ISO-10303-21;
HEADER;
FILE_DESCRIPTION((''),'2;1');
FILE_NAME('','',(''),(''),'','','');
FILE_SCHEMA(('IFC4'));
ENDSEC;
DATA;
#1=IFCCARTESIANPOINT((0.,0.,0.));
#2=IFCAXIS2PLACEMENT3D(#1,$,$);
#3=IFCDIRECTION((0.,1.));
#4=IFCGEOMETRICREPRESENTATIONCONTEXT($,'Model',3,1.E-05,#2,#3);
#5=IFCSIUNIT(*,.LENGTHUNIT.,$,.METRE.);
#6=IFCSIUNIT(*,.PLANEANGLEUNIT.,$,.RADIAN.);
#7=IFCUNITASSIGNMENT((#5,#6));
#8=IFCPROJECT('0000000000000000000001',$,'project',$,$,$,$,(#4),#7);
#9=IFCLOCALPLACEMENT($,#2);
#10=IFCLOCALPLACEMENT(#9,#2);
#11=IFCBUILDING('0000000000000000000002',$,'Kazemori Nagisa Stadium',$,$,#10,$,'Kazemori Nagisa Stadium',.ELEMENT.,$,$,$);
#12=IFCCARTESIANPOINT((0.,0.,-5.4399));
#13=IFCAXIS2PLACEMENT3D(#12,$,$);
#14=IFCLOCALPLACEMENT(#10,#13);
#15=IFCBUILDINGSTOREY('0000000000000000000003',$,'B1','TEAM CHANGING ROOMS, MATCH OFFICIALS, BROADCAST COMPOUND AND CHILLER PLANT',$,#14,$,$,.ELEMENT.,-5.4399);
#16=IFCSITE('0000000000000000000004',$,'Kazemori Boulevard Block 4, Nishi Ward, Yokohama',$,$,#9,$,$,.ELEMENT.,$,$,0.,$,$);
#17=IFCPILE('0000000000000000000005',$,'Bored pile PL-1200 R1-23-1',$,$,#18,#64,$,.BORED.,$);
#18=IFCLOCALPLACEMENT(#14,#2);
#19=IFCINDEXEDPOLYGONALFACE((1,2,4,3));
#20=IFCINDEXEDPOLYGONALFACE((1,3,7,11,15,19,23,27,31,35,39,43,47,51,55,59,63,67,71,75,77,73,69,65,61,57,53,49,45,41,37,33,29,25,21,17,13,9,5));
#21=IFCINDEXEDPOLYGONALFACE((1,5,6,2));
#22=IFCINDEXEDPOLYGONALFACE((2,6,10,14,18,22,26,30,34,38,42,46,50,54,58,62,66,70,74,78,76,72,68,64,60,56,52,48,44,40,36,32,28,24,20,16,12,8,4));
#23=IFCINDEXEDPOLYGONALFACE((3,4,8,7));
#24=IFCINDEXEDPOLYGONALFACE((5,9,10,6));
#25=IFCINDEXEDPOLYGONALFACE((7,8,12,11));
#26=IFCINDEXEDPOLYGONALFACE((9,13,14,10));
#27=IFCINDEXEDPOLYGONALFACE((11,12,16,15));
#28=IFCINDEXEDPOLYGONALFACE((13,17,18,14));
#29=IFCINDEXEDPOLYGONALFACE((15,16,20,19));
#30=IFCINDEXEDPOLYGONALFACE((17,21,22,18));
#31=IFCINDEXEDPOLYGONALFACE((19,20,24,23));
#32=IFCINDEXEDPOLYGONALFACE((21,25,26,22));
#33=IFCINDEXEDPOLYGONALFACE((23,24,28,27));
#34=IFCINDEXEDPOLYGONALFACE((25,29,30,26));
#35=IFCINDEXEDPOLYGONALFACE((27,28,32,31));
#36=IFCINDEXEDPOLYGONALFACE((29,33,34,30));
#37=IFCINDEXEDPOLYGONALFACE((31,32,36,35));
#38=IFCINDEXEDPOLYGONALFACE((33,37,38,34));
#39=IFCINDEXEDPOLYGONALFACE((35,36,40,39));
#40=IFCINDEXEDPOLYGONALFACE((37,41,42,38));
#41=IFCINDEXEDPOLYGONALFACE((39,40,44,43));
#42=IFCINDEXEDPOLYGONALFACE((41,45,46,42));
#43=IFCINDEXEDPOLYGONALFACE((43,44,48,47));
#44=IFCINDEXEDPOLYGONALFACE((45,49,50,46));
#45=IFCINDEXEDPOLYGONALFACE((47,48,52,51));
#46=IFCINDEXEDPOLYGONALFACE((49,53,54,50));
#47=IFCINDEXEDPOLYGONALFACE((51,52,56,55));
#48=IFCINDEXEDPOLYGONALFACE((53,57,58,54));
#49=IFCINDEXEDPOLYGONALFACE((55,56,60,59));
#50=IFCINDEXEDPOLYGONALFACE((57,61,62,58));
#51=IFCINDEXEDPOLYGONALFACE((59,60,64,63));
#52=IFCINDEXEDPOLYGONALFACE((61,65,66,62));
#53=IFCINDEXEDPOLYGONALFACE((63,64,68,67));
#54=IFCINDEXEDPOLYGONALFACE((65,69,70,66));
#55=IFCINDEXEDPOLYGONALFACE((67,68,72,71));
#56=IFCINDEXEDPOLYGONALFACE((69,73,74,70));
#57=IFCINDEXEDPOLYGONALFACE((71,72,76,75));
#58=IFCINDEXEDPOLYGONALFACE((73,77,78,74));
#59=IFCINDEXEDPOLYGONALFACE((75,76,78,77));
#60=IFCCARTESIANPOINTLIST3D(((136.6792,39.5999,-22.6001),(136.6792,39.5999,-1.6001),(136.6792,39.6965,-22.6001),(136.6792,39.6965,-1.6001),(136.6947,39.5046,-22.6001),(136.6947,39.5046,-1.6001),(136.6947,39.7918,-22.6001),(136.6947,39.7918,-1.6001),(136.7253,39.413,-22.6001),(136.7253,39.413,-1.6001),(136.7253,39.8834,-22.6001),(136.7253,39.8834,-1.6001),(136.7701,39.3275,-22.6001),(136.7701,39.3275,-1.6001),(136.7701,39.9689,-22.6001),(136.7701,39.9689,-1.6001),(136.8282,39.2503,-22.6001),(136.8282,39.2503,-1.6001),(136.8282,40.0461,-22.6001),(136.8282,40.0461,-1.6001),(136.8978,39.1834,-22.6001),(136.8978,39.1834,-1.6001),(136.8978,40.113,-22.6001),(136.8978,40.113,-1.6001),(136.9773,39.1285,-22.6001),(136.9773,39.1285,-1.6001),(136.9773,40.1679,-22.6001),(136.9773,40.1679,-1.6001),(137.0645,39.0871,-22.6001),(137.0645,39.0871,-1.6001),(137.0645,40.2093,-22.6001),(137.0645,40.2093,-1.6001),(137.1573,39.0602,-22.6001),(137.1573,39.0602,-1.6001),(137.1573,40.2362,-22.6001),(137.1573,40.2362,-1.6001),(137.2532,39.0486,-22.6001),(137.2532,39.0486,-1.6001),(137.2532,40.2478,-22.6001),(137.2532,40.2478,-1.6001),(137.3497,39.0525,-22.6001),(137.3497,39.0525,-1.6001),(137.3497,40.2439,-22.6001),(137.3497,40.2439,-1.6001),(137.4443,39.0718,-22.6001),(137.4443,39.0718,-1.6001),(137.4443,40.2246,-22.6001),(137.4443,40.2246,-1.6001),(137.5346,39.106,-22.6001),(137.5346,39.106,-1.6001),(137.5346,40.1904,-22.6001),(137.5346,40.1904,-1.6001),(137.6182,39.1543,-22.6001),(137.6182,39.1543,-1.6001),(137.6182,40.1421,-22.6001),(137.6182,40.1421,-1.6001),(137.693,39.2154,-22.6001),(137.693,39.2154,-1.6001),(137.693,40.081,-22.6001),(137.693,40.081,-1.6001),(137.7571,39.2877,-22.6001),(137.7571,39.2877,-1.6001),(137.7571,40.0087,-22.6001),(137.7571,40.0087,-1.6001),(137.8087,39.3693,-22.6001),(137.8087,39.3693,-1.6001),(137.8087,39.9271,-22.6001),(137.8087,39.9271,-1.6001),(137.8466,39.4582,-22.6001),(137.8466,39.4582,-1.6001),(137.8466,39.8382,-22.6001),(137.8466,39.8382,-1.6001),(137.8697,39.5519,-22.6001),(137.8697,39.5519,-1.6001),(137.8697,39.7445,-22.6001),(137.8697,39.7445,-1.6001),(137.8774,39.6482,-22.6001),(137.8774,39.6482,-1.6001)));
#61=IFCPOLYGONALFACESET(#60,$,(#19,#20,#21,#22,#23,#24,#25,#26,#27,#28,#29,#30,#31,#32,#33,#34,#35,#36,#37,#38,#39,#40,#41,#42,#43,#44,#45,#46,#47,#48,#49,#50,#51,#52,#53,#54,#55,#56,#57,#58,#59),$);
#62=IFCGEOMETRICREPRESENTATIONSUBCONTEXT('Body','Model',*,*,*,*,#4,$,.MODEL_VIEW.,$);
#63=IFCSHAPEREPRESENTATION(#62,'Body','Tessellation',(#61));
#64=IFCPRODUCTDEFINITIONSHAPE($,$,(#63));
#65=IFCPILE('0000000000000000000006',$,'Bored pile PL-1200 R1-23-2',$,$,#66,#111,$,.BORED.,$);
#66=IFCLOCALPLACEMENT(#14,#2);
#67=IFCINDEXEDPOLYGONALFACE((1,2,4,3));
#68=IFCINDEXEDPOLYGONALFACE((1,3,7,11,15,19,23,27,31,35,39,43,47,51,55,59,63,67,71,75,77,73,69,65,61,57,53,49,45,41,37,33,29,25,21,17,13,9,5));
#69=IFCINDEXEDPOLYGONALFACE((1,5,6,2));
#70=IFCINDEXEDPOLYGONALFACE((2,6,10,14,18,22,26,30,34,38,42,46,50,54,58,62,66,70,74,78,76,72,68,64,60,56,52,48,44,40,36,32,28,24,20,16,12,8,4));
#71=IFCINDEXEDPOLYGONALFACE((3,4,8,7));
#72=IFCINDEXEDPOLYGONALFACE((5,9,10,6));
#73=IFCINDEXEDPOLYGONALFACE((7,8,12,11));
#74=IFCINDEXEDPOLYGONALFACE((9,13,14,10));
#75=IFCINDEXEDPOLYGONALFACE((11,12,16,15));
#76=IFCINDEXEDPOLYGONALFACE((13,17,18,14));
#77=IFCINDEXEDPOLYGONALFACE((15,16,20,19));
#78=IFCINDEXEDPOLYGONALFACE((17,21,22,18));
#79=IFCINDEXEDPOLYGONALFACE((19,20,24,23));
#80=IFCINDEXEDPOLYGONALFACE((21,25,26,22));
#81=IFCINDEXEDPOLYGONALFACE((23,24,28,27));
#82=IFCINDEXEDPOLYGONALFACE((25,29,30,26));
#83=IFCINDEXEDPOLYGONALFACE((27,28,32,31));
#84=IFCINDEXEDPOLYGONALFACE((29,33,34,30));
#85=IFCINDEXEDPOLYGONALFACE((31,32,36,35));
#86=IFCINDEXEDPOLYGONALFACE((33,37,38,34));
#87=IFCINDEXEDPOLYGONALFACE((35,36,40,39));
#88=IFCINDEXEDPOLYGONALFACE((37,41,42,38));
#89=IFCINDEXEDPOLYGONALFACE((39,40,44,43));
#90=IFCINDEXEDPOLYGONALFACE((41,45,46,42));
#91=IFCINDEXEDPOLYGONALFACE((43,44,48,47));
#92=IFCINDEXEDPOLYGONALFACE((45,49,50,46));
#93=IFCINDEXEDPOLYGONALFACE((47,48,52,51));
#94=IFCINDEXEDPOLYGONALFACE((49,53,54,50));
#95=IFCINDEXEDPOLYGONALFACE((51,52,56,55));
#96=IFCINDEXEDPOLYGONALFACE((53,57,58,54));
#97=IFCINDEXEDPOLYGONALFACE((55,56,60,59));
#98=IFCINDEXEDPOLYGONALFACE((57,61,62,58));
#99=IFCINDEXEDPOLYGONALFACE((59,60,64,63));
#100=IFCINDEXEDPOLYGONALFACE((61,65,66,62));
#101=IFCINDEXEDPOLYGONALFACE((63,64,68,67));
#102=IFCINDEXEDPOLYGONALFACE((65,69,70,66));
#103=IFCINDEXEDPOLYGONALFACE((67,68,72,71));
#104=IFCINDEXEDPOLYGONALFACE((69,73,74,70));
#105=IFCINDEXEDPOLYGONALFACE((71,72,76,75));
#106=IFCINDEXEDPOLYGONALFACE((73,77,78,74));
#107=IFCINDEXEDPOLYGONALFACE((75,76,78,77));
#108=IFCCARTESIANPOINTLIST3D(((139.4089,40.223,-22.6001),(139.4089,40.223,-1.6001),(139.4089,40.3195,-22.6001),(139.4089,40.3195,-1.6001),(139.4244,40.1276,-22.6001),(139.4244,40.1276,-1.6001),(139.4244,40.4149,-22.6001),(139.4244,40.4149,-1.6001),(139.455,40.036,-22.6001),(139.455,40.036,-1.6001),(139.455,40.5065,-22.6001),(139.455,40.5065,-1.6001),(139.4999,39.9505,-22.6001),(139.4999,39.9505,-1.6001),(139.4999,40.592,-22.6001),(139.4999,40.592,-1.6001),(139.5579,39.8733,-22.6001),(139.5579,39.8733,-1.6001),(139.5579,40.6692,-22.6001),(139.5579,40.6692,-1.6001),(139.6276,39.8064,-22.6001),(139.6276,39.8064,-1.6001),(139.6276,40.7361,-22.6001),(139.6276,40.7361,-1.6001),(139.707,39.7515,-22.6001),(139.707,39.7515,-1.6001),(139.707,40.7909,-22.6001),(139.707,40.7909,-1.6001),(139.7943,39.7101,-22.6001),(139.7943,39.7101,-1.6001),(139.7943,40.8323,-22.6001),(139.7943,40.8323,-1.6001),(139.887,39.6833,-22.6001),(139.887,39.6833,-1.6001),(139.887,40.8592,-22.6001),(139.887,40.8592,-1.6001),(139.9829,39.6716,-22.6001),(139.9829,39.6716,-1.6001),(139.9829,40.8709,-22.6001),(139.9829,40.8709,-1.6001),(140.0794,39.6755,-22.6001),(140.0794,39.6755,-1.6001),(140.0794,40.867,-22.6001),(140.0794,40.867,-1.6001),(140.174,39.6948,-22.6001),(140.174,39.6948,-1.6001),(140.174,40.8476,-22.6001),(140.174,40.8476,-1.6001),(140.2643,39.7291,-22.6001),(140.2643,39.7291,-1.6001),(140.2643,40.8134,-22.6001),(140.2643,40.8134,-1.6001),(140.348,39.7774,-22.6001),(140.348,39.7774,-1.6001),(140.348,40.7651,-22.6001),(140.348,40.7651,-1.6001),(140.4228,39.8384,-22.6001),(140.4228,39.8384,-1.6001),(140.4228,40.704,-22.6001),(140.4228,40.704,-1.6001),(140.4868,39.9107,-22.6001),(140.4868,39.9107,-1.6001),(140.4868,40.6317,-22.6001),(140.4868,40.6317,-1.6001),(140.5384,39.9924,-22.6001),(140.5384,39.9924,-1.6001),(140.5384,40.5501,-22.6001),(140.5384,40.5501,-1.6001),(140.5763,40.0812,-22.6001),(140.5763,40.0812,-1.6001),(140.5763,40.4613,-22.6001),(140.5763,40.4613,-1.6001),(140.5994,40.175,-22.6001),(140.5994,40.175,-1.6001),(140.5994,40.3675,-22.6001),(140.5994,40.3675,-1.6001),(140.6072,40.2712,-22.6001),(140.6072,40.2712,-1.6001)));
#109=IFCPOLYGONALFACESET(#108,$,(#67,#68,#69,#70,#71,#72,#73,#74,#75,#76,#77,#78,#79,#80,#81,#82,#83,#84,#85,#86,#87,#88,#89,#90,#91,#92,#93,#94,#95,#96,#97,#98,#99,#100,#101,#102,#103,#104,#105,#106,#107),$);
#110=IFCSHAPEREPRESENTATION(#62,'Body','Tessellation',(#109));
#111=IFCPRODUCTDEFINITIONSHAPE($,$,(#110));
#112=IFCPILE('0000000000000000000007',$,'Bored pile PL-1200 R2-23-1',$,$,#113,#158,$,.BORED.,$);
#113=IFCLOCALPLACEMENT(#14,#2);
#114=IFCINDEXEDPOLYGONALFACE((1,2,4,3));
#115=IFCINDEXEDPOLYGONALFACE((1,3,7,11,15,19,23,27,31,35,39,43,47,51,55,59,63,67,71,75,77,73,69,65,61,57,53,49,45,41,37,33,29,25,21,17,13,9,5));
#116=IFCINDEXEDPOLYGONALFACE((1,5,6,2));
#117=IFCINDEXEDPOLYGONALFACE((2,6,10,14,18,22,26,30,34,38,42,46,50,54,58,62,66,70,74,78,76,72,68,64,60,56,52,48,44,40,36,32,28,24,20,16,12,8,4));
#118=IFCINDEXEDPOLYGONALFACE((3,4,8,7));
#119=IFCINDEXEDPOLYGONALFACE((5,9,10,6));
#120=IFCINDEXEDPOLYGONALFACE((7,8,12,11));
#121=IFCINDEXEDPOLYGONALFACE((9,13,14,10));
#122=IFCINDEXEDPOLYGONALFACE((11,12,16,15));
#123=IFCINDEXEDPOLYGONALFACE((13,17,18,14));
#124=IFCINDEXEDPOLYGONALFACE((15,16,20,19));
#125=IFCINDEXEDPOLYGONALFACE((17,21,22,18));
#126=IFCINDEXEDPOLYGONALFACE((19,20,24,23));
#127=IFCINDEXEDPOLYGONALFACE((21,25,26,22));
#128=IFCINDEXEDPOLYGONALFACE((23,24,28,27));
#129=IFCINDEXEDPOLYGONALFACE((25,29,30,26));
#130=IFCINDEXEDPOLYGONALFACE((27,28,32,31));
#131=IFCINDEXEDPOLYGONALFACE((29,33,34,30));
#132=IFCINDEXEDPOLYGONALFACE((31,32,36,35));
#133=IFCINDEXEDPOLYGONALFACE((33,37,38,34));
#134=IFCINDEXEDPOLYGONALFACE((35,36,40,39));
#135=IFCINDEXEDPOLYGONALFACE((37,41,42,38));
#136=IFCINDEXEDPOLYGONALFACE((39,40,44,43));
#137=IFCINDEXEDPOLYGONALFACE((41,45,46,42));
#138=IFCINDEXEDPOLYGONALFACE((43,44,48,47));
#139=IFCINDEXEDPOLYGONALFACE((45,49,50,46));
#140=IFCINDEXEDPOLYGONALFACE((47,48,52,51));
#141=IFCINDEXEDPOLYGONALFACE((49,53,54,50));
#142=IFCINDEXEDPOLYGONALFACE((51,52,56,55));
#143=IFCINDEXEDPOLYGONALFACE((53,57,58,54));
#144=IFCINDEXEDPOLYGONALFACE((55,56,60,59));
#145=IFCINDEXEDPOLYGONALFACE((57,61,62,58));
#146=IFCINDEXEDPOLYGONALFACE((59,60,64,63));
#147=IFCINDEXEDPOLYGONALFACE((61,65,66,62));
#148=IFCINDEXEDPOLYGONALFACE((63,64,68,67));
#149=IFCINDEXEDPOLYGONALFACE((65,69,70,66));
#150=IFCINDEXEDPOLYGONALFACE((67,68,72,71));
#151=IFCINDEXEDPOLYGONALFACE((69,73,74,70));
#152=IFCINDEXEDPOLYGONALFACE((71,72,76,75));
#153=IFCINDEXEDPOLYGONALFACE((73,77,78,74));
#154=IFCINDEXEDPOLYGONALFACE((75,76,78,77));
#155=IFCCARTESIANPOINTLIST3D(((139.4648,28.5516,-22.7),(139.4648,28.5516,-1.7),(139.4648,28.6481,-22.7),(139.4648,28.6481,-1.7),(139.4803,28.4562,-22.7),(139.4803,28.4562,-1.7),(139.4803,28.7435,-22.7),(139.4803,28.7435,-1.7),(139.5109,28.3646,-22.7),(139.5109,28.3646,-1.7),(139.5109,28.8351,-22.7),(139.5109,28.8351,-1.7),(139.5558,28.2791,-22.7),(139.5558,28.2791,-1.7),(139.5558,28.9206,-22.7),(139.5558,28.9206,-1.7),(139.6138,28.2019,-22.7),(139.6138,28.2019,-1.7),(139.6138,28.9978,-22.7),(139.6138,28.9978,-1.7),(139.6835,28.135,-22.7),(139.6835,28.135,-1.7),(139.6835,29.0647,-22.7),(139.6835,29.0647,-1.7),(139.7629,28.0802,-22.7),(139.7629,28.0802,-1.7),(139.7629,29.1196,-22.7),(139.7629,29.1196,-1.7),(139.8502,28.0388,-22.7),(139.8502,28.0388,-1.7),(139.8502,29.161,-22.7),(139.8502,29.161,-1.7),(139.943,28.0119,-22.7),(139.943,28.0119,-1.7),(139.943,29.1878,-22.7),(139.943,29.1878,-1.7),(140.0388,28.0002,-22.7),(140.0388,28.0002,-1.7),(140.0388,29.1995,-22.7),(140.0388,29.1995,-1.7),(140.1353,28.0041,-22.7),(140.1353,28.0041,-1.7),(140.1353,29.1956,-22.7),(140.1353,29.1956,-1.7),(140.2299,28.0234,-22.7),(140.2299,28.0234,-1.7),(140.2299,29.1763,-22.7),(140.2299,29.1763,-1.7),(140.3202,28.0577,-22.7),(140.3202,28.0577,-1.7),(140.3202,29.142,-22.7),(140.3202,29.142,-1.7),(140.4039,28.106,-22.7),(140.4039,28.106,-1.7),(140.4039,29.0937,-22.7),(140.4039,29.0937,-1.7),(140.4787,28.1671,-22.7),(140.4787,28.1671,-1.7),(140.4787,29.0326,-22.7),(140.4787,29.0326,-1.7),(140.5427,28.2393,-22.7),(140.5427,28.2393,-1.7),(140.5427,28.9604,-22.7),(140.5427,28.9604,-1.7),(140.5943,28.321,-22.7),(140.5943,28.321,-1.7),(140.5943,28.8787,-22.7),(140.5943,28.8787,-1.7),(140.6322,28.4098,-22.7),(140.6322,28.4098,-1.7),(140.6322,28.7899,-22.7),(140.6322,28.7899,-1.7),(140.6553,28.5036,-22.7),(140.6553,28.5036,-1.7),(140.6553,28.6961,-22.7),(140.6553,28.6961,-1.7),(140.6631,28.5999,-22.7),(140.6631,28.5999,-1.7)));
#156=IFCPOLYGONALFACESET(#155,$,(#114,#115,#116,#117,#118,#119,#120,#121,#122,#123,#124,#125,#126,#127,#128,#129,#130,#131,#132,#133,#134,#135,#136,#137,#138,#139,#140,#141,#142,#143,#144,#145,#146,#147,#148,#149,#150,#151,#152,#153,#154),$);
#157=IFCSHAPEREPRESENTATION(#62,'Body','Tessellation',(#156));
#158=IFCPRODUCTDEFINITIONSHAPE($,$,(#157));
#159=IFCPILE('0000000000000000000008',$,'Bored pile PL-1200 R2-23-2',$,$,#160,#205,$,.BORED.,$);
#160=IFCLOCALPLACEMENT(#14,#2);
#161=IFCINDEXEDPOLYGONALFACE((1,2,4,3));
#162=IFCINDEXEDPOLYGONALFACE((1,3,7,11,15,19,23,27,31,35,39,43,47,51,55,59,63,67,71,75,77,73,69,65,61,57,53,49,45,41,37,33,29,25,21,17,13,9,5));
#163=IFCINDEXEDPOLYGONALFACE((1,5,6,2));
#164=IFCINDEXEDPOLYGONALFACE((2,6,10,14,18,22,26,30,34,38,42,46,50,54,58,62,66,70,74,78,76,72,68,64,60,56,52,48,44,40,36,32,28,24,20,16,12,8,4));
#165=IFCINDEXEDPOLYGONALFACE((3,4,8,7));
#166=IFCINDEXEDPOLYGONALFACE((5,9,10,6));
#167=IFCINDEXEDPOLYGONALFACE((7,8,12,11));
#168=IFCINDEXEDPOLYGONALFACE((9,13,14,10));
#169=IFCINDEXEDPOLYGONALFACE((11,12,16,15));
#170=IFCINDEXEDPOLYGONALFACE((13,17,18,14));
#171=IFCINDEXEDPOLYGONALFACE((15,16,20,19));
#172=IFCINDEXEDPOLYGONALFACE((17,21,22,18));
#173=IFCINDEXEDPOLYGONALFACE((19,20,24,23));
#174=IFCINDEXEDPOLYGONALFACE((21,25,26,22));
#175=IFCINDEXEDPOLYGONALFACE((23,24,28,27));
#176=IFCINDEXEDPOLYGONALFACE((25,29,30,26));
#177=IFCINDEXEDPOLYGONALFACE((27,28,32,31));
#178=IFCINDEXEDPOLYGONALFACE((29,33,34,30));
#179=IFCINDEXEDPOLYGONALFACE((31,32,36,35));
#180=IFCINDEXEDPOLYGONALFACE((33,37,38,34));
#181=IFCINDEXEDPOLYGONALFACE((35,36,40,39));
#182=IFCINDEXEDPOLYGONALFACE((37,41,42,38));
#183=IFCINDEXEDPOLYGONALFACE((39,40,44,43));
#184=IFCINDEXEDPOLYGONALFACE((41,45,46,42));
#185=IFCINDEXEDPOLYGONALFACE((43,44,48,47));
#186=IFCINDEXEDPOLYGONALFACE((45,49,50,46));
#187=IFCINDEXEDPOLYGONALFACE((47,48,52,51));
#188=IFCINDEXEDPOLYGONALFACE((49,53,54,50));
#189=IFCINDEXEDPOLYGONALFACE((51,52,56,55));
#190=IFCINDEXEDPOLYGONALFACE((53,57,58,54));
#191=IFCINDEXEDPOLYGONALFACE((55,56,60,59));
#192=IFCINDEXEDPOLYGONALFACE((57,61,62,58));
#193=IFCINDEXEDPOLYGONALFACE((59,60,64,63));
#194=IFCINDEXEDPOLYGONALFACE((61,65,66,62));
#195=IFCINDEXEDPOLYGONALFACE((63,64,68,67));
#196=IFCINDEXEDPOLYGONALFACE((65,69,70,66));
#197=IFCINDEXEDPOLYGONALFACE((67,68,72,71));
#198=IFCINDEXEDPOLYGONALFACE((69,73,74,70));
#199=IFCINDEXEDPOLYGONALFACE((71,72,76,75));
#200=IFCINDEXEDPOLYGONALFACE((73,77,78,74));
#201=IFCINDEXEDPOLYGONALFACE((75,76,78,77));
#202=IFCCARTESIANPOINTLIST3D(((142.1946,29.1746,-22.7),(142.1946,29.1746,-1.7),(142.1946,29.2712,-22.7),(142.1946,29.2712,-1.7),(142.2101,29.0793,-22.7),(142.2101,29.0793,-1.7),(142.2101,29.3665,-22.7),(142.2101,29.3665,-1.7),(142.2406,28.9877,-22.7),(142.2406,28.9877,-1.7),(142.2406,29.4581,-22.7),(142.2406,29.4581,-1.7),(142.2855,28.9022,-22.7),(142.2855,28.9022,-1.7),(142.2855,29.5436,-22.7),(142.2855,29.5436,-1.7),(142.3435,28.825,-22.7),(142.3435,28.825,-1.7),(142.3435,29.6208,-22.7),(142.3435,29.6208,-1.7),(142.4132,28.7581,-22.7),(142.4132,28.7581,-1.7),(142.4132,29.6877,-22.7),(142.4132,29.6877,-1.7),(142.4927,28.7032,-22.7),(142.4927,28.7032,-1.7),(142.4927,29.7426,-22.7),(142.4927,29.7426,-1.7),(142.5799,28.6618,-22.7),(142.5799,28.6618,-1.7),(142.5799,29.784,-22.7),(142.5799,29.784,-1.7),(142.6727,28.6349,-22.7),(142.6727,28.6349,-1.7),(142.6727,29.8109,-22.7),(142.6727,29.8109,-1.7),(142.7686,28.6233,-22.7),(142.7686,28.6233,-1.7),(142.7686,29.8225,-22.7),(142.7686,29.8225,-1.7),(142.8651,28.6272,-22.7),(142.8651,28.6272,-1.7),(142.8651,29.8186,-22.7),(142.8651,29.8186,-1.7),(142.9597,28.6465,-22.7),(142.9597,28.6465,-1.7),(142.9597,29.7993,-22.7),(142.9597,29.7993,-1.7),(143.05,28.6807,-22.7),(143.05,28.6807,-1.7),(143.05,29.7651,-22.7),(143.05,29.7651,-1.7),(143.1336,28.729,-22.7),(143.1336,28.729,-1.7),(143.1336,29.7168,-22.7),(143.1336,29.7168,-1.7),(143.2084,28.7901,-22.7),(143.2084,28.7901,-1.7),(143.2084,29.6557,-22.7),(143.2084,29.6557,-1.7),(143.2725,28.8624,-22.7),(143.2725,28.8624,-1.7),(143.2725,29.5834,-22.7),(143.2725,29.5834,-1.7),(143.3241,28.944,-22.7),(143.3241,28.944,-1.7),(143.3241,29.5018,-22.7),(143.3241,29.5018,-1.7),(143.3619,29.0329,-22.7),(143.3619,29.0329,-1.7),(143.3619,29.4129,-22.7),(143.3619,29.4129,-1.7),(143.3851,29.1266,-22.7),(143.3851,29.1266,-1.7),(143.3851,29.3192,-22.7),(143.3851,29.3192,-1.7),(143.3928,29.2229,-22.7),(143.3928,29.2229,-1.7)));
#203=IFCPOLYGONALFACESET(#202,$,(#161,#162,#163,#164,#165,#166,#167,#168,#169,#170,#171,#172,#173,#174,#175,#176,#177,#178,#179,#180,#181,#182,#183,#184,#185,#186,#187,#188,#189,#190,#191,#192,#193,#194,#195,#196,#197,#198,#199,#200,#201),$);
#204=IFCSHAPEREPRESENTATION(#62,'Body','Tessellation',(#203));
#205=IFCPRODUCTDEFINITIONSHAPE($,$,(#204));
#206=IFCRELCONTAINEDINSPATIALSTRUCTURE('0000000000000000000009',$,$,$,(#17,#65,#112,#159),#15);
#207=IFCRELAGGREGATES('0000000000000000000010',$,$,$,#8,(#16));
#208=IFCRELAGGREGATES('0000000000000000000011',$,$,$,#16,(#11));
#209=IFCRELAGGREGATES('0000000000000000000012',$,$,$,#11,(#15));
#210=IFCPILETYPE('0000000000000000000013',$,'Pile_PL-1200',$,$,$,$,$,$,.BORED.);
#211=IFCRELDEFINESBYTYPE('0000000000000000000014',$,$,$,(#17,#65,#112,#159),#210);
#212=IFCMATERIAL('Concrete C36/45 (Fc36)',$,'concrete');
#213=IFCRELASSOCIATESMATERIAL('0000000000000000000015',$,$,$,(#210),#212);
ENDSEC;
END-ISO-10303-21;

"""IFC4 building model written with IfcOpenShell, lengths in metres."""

from ifc_helpers import new_model, si_unit, direction, frame, origin, origin_2d, place, context, subcontext, project, spatial, circle, extrude, material, material_profile, profile_set, type_object, element, save


model = new_model("IFC4")

# Units and contexts
model_context = context("Model", 3, precision=1e-05, world=origin(), true_north=direction((0.0, 1.0)))
body_context = subcontext(model_context, "Body", "Model", "MODEL_VIEW")
ifc_project = project(units=[si_unit("LENGTHUNIT", "METRE"), si_unit("PLANEANGLEUNIT", "RADIAN")], contexts=[model_context])

# Site, building, storey
site_placement = place(None, origin())
site = spatial("IfcSite", under=ifc_project, at=site_placement, Name="Kazemori Boulevard Block 4, Nishi Ward, Yokohama", CompositionType="ELEMENT", RefElevation=0.0)
building_placement = place(site_placement, origin())
building = spatial("IfcBuilding", under=site, at=building_placement, Name="Kazemori Nagisa Stadium", LongName="Kazemori Nagisa Stadium", CompositionType="ELEMENT")
storey_placement = place(building_placement, frame((0.0, 0.0, -5.4399)))
storey = spatial("IfcBuildingStorey", under=building, at=storey_placement, Name="B1", Description="TEAM CHANGING ROOMS, MATCH OFFICIALS, BROADCAST COMPOUND AND CHILLER PLANT", CompositionType="ELEMENT", Elevation=-5.4399)

# Piles
ifc_material_1 = material(Name="Concrete C36/45 (Fc36)", Category="concrete")
ifc_material_profile_1 = material_profile(ifc_material_1, circle(Radius=0.6001, at=origin_2d()), Name="PILE-D1200")
ifc_profile_set_1 = profile_set([ifc_material_profile_1], Name="Concrete C36/45 (Fc36)")
pile_type = type_object("IfcPileType", Name="Pile_PL-1200", PredefinedType="BORED", material=ifc_profile_set_1)
for number, where, z_axis, x_axis, name in (
    (1, (137.2773, 39.6482, -1.6001), (0.0, 0.0, -1.0), (1.0, 0.0, 0.0), "Bored pile PL-1200 R1-23-1"),
    (2, (140.0071, 40.2712, -1.6001), (0.0, 0.0, -1.0), (1.0, 0.0, 0.0), "Bored pile PL-1200 R1-23-2"),
    (3, (140.063, 28.5999, -1.7), (0.0, 0.0, -1.0), (1.0, 0.0, 0.0), "Bored pile PL-1200 R2-23-1"),
    (4, (142.7927, 29.2229, -1.7), (0.0, 0.0, -1.0), (1.0, 0.0, 0.0), "Bored pile PL-1200 R2-23-2"),
):
    element("IfcPile", number, at=place(storey_placement, frame(where, z_axis=z_axis, x_axis=x_axis)), inside=storey, type_object=pile_type, Name=name, PredefinedType="BORED", context=body_context, shape_type="SweptSolid", body=[
        extrude(circle(Radius=0.6001, at=origin_2d()), origin(), (0.0, 0.0, 1.0), 21.0),
    ])

save(model, "model.ifc")
